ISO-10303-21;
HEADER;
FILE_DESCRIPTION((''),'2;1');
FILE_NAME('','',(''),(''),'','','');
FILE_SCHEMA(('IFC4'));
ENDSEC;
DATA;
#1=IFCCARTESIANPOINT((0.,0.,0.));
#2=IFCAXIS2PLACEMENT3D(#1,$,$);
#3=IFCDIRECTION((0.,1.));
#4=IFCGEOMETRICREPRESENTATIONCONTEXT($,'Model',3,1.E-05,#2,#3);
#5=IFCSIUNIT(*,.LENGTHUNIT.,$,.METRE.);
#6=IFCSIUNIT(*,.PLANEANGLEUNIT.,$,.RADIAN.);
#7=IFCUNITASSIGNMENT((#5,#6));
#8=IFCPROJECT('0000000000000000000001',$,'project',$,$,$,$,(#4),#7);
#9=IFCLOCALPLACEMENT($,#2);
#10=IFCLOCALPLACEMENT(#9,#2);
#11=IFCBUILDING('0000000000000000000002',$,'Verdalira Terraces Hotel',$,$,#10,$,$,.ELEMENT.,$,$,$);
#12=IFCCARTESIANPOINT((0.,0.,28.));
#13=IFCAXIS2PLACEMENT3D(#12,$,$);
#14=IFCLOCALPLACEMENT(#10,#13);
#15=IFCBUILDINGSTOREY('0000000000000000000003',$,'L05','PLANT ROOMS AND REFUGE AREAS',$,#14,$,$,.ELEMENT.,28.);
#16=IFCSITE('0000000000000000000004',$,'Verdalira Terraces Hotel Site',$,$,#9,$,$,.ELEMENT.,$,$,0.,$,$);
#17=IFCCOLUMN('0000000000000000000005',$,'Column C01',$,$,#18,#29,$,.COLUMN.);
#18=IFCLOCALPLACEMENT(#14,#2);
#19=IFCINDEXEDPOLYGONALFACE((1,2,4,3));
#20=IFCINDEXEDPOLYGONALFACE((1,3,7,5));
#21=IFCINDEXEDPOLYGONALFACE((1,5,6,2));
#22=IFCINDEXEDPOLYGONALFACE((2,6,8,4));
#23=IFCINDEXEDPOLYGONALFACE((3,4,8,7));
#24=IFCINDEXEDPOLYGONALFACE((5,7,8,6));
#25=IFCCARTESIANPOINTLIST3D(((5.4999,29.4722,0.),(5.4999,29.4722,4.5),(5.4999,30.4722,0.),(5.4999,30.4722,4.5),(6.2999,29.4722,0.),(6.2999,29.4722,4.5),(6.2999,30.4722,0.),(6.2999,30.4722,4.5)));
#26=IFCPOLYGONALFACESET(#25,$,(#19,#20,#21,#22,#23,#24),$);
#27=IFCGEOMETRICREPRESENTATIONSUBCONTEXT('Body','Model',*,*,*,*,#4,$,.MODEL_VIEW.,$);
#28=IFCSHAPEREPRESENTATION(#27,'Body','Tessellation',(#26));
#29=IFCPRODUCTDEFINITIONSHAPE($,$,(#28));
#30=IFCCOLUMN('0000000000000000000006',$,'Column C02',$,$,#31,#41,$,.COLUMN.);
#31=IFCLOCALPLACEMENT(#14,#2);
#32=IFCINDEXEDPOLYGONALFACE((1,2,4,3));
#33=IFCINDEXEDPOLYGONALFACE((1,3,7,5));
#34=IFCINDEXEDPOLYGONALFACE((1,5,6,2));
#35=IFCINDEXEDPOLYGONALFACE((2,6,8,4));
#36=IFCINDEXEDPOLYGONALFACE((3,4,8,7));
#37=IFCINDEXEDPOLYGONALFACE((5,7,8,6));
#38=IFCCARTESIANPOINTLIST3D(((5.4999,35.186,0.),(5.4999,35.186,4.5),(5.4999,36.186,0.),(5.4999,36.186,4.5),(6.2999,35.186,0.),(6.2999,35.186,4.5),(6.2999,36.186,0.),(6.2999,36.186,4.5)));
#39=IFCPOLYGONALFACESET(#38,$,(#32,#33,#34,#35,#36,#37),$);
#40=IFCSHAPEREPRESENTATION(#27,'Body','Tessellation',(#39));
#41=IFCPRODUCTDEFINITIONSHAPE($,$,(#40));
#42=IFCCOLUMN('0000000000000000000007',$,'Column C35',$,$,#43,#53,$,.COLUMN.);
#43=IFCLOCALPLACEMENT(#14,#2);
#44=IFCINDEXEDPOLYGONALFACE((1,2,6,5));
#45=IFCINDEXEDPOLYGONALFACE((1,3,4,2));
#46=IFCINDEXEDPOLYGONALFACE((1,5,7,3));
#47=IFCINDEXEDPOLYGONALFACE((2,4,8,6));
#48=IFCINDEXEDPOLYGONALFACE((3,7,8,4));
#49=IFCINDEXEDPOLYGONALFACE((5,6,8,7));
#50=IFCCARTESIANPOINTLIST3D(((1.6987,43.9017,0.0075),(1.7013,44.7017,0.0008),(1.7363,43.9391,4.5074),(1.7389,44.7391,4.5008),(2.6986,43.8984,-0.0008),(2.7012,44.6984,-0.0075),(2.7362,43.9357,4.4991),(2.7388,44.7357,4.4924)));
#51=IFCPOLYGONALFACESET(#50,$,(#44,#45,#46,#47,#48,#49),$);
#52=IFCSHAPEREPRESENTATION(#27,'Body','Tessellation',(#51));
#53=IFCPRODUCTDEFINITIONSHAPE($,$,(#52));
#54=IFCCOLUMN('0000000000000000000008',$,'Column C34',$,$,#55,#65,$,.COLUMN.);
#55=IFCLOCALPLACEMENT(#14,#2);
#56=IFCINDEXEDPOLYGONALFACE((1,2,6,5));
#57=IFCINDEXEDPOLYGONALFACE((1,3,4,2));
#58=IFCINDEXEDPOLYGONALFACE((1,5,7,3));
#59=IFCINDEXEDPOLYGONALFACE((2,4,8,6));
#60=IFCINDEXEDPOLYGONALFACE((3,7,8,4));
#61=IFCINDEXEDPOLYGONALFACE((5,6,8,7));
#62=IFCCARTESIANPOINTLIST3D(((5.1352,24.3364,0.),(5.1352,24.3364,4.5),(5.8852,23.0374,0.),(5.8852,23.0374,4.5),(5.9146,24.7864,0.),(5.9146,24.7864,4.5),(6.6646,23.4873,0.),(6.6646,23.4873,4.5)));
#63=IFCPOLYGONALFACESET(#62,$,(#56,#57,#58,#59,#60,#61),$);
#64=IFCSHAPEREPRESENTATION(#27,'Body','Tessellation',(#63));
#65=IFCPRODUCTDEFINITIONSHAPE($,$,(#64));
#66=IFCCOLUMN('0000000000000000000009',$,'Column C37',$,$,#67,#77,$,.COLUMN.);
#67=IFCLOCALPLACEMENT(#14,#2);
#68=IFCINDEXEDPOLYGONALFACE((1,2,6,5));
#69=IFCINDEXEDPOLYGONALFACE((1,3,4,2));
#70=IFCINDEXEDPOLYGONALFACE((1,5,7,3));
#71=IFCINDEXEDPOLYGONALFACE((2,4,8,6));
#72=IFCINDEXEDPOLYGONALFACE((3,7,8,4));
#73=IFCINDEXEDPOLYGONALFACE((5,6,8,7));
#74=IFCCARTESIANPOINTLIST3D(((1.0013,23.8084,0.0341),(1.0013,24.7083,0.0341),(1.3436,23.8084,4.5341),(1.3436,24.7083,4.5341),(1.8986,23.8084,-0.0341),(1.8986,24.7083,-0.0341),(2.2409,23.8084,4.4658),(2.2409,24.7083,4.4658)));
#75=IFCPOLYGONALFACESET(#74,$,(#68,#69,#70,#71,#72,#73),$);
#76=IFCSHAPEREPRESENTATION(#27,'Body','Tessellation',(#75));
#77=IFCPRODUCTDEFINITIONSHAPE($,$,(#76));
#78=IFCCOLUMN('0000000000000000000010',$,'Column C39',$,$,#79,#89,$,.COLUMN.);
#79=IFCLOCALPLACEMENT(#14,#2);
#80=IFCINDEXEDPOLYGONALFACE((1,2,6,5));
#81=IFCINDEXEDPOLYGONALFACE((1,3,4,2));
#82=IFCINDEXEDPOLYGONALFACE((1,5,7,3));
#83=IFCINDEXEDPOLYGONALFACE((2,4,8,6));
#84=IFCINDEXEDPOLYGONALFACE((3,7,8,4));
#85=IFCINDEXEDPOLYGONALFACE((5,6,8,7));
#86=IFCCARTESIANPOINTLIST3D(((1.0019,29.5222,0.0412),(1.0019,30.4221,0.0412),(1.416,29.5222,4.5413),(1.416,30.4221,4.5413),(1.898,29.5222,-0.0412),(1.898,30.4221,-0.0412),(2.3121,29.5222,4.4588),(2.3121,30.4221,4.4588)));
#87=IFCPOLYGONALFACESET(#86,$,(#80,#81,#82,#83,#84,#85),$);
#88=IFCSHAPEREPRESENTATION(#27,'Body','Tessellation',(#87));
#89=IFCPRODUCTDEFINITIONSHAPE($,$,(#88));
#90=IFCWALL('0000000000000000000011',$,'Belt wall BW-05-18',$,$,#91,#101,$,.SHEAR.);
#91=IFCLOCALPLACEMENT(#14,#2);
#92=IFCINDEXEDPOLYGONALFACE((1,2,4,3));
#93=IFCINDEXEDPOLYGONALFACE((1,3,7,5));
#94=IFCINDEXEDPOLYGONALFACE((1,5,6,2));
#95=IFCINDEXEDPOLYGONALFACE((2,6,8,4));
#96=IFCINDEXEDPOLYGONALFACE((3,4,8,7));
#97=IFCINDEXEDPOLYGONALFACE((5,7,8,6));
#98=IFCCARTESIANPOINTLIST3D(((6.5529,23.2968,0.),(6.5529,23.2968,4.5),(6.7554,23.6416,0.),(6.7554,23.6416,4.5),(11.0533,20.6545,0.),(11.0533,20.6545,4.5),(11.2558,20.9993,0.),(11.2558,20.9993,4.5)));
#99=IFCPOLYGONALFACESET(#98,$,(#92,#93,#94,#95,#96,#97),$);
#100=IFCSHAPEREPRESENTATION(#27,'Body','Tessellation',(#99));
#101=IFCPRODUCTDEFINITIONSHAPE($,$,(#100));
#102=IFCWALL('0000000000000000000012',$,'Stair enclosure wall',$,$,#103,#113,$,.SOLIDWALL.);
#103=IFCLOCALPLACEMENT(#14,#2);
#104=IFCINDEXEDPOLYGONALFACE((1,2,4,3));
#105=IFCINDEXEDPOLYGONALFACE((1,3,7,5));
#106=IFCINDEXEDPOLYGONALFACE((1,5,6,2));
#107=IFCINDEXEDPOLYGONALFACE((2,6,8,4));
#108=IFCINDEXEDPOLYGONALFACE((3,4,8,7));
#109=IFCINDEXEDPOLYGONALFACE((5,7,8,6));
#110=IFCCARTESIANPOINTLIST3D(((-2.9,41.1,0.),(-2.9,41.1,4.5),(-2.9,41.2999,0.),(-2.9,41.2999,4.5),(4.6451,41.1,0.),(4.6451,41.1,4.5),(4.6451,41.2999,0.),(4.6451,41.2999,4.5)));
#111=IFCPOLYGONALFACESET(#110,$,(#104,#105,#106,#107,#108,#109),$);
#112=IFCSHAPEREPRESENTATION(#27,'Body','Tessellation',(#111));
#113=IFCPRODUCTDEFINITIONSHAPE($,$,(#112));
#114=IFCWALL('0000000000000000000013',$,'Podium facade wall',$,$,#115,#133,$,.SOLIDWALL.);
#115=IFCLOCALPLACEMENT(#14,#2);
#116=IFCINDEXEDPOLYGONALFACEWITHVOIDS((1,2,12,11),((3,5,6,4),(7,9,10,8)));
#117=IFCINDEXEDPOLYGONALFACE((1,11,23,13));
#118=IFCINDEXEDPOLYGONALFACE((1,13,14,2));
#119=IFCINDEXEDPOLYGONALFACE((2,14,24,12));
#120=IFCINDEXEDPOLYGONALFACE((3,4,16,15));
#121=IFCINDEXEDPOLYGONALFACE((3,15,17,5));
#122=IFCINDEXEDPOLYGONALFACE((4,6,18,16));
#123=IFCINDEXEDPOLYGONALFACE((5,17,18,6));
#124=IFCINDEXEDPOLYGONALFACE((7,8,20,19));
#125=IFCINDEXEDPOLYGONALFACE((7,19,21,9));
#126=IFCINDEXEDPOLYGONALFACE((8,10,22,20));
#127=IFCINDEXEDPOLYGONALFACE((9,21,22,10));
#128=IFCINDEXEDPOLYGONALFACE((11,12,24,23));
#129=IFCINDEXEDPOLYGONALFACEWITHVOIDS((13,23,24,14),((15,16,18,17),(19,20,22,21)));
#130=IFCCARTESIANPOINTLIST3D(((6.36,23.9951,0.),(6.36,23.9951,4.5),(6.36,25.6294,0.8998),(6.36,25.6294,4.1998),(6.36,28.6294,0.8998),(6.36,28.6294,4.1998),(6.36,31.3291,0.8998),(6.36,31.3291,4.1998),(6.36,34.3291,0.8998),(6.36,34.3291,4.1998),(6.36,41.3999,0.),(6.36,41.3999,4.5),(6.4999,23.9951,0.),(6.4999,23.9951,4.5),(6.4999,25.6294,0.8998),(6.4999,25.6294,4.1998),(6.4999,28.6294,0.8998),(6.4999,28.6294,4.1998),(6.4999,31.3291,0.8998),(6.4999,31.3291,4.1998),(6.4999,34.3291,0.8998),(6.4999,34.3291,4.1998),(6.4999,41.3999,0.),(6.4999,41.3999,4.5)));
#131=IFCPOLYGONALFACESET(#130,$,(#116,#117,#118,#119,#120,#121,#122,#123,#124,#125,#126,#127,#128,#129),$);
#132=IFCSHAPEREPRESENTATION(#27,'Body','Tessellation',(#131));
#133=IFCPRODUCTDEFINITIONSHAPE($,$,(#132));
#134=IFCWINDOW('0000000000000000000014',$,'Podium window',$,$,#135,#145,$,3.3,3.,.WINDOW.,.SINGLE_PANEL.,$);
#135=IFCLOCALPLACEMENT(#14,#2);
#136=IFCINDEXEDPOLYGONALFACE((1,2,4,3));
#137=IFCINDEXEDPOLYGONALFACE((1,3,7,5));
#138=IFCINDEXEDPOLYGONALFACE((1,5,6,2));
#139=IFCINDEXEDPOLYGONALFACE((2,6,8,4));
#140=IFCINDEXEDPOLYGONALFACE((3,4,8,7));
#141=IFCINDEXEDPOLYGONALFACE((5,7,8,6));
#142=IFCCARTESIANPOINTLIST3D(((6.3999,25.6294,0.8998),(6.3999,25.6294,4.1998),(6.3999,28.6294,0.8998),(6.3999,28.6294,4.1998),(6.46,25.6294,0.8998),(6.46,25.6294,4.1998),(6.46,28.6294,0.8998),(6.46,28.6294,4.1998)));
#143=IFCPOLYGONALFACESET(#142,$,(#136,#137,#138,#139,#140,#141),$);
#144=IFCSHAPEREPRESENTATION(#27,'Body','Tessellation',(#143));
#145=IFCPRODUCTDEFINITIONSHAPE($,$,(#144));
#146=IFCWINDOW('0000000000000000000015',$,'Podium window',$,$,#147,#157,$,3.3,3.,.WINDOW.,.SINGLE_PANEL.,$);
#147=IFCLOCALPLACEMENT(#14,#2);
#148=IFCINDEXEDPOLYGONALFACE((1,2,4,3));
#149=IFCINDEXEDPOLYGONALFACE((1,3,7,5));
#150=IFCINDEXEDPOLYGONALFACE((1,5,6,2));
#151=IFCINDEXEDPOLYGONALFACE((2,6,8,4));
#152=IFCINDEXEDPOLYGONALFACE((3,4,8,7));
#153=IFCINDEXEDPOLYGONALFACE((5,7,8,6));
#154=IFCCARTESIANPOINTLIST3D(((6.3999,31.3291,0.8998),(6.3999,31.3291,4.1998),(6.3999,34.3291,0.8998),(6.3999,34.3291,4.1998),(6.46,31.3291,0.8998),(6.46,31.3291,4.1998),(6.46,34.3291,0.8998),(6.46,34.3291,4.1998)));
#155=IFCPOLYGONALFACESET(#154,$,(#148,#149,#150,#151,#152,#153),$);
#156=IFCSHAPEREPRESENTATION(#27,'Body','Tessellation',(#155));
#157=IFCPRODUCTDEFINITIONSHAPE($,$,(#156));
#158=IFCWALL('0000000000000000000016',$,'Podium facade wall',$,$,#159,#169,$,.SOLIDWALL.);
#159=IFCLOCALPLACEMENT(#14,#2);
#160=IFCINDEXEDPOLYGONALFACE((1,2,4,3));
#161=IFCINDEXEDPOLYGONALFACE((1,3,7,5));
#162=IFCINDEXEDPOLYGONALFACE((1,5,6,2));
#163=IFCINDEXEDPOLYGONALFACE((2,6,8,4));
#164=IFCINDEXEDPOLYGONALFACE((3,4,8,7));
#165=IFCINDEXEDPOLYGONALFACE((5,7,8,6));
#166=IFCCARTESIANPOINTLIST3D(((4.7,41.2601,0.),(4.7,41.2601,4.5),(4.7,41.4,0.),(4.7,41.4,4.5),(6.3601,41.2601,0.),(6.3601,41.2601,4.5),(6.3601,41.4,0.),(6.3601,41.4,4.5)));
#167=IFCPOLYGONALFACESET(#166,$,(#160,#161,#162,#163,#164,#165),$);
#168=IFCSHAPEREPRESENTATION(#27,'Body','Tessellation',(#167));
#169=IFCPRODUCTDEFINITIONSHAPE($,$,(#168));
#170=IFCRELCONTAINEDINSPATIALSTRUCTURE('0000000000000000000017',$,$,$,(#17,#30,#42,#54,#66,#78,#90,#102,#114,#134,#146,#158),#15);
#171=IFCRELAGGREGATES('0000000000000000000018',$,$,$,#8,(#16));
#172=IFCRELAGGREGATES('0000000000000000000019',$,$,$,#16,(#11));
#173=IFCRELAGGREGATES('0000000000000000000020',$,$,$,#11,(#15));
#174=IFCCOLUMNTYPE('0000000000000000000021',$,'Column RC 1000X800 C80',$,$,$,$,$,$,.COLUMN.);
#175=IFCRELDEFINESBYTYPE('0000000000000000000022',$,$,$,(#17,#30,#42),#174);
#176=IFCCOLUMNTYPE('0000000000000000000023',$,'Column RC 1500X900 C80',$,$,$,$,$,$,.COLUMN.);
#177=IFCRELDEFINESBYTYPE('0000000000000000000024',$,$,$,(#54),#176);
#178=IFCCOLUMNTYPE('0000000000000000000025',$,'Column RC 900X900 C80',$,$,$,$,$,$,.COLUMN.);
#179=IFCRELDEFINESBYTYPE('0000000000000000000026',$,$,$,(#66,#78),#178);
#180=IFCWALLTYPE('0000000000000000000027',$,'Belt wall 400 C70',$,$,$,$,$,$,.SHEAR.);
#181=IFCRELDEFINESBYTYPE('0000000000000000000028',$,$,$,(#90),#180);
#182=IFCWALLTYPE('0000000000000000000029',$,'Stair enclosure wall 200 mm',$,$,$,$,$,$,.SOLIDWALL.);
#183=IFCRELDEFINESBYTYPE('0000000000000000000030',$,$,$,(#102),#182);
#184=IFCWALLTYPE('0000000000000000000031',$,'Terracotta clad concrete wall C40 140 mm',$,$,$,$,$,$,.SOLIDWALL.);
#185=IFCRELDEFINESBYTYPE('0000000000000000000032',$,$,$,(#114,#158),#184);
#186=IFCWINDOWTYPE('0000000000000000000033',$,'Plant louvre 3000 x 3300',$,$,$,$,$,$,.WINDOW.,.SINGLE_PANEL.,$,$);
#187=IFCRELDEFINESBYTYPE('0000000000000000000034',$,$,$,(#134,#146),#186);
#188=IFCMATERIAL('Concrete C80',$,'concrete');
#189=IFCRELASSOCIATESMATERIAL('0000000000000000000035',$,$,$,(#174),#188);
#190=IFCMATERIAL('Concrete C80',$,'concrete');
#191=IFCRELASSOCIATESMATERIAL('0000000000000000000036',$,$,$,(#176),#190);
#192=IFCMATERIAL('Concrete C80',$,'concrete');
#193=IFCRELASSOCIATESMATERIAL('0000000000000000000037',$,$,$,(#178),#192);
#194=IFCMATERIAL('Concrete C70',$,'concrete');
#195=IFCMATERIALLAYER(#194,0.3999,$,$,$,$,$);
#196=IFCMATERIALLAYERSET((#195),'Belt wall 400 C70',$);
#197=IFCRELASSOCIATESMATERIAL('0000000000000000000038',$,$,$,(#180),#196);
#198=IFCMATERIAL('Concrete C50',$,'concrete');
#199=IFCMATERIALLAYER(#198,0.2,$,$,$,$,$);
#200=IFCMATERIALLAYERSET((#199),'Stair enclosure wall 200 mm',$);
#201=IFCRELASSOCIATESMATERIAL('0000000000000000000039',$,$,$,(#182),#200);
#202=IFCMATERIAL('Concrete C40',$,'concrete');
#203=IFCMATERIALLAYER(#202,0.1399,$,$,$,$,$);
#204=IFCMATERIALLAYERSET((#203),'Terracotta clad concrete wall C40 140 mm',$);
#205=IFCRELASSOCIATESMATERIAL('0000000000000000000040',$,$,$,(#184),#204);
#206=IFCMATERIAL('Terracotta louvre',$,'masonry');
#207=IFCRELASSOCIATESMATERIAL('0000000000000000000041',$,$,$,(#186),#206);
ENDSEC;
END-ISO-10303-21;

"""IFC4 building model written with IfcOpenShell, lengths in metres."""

from ifc_helpers import new_model, si_unit, direction, frame, frame_2d, origin, origin_2d, place, context, subcontext, project, spatial, rectangle, extrude, material, layer, layer_set, material_profile, profile_set, type_object, element, fill, save


model = new_model("IFC4")

# Units and contexts
model_context = context("Model", 3, precision=1e-05, world=origin(), true_north=direction((0.0, 1.0)))
body_context = subcontext(model_context, "Body", "Model", "MODEL_VIEW")
ifc_project = project(units=[si_unit("LENGTHUNIT", "METRE"), si_unit("PLANEANGLEUNIT", "RADIAN")], contexts=[model_context])

# Site, building, storey
site_placement = place(None, origin())
site = spatial("IfcSite", under=ifc_project, at=site_placement, Name="Verdalira Terraces Hotel Site", CompositionType="ELEMENT", RefElevation=0.0)
building_placement = place(site_placement, origin())
building = spatial("IfcBuilding", under=site, at=building_placement, Name="Verdalira Terraces Hotel", CompositionType="ELEMENT")
storey_placement = place(building_placement, frame((0.0, 0.0, 28.0)))
storey = spatial("IfcBuildingStorey", under=building, at=storey_placement, Name="L05", Description="PLANT ROOMS AND REFUGE AREAS", CompositionType="ELEMENT", Elevation=28.0)

# Columns
ifc_material_1 = material(Name="Concrete C80", Category="concrete")
ifc_material_profile_1 = material_profile(ifc_material_1, rectangle(XDim=1.0, YDim=0.8, at=origin_2d()), Name="RC 1000X800")
ifc_profile_set_1 = profile_set([ifc_material_profile_1], Name="Concrete C80")
column_type_1 = type_object("IfcColumnType", Name="Column RC 1000X800 C80", PredefinedType="COLUMN", material=ifc_profile_set_1)
for number, where, z_axis, x_axis, name in (
    (1, (5.8999, 29.9722, 0.0), (0.0, 0.0, 1.0), (0.0, 1.0, 0.0), "Column C01"),
    (2, (5.8999, 35.686, 0.0), (0.0, 0.0, 1.0), (0.0, 1.0, 0.0), "Column C02"),
):
    element("IfcColumn", number, at=place(storey_placement, frame(where, z_axis=z_axis, x_axis=x_axis)), inside=storey, type_object=column_type_1, Name=name, PredefinedType="COLUMN", context=body_context, shape_type="SweptSolid", body=[
        extrude(rectangle(XDim=1.0, YDim=0.8, at=origin_2d()), origin(), (0.0, 0.0, 1.0), 4.5),
    ])
column_1_placement = place(storey_placement, frame((2.2, 44.3, 0.0), z_axis=(0.008354, 0.0083, 0.999931), x_axis=(-0.99996, 0.003327, 0.008327)))
element("IfcColumn", 3, at=column_1_placement, inside=storey, type_object=column_type_1, Name="Column C35", PredefinedType="COLUMN", context=body_context, shape_type="SweptSolid", body=[
    extrude(rectangle(XDim=1.0, YDim=0.8, at=origin_2d()), origin(), (0.0, 0.0, 1.0), 4.5002),
])
ifc_material_2 = material(Name="Concrete C80", Category="concrete")
ifc_material_profile_2 = material_profile(ifc_material_2, rectangle(XDim=1.5, YDim=0.8999, at=origin_2d()), Name="RC 1500X900")
ifc_profile_set_2 = profile_set([ifc_material_profile_2], Name="Concrete C80")
column_type_2 = type_object("IfcColumnType", Name="Column RC 1500X900 C80", PredefinedType="COLUMN", material=ifc_profile_set_2)
column_2_placement = place(storey_placement, frame((5.8999, 23.9119, 0.0), z_axis=(0.0, 0.0, 1.0), x_axis=(0.5, -0.866025, 0.0)))
element("IfcColumn", 4, at=column_2_placement, inside=storey, type_object=column_type_2, Name="Column C34", PredefinedType="COLUMN", context=body_context, shape_type="SweptSolid", body=[
    extrude(rectangle(XDim=1.5, YDim=0.8999, at=origin_2d()), origin(), (0.0, 0.0, 1.0), 4.5),
])
ifc_material_3 = material(Name="Concrete C80", Category="concrete")
ifc_material_profile_3 = material_profile(ifc_material_3, rectangle(XDim=0.8999, YDim=0.8999, at=origin_2d()), Name="RC 900X900")
ifc_profile_set_3 = profile_set([ifc_material_profile_3], Name="Concrete C80")
column_type_3 = type_object("IfcColumnType", Name="Column RC 900X900 C80", PredefinedType="COLUMN", material=ifc_profile_set_3)
column_3_placement = place(storey_placement, frame((1.45, 24.2583, 0.0), z_axis=(0.075844, 0.0, 0.99712), x_axis=(0.0, 1.0, 0.0)))
element("IfcColumn", 5, at=column_3_placement, inside=storey, type_object=column_type_3, Name="Column C37", PredefinedType="COLUMN", context=body_context, shape_type="SweptSolid", body=[
    extrude(rectangle(XDim=0.8999, YDim=0.8999, at=origin_2d()), origin(), (0.0, 0.0, 1.0), 4.5129),
])
column_4_placement = place(storey_placement, frame((1.45, 29.9722, 0.0), z_axis=(0.091627, 0.0, 0.995793), x_axis=(0.0, 1.0, 0.0)))
element("IfcColumn", 6, at=column_4_placement, inside=storey, type_object=column_type_3, Name="Column C39", PredefinedType="COLUMN", context=body_context, shape_type="SweptSolid", body=[
    extrude(rectangle(XDim=0.8999, YDim=0.8999, at=origin_2d()), origin(), (0.0, 0.0, 1.0), 4.519),
])

# Walls
ifc_material_4 = material(Name="Concrete C70", Category="concrete")
ifc_layer_1 = layer(ifc_material_4, 0.3999)
ifc_layer_set_1 = layer_set([ifc_layer_1], Name="Belt wall 400 C70")
wall_type_1 = type_object("IfcWallType", Name="Belt wall 400 C70", PredefinedType="SHEAR", material=ifc_layer_set_1)
wall_1_placement = place(storey_placement, frame((11.1545, 20.8269, 0.0), z_axis=(0.0, 0.0, 1.0), x_axis=(-0.862354, 0.506306, 0.0)))
element("IfcWall", 7, at=wall_1_placement, inside=storey, type_object=wall_type_1, Name="Belt wall BW-05-18", PredefinedType="SHEAR", context=body_context, shape_type="SweptSolid", body=[
    extrude(rectangle(XDim=5.2188, YDim=0.3999, at=frame_2d((2.6094, 0.0))), origin(), (0.0, 0.0, 1.0), 4.5),
])
ifc_material_5 = material(Name="Concrete C50", Category="concrete")
ifc_layer_2 = layer(ifc_material_5, 0.2)
ifc_layer_set_2 = layer_set([ifc_layer_2], Name="Stair enclosure wall 200 mm")
wall_type_2 = type_object("IfcWallType", Name="Stair enclosure wall 200 mm", PredefinedType="SOLIDWALL", material=ifc_layer_set_2)
wall_2_placement = place(storey_placement, frame((4.645, 41.2, 0.0), z_axis=(0.0, 0.0, 1.0), x_axis=(-1.0, 0.0, 0.0)))
element("IfcWall", 8, at=wall_2_placement, inside=storey, type_object=wall_type_2, Name="Stair enclosure wall", PredefinedType="SOLIDWALL", context=body_context, shape_type="SweptSolid", body=[
    extrude(rectangle(XDim=7.5452, YDim=0.2, at=frame_2d((3.7725, 0.0))), origin(), (0.0, 0.0, 1.0), 4.5),
])

# Wall, openings, windows
ifc_material_6 = material(Name="Concrete C40", Category="concrete")
ifc_layer_3 = layer(ifc_material_6, 0.1399)
ifc_layer_set_3 = layer_set([ifc_layer_3], Name="Terracotta clad concrete wall C40 140 mm")
wall_type_3 = type_object("IfcWallType", Name="Terracotta clad concrete wall C40 140 mm", PredefinedType="SOLIDWALL", material=ifc_layer_set_3)
wall_3_placement = place(storey_placement, frame((6.4299, 23.9951, 0.0), z_axis=(0.0, 0.0, 1.0), x_axis=(0.0, 1.0, 0.0)))
wall_3 = element("IfcWall", 9, at=wall_3_placement, inside=storey, type_object=wall_type_3, Name="Podium facade wall", PredefinedType="SOLIDWALL", context=body_context, shape_type="SweptSolid", body=[
    extrude(rectangle(XDim=17.4048, YDim=0.1399, at=frame_2d((8.7024, 0.0))), origin(), (0.0, 0.0, 1.0), 4.5),
])
opening_1_placement = place(wall_3_placement, frame((1.6343, 0.0, 0.8999)))
opening_1 = element("IfcOpeningElement", 10, at=opening_1_placement, cuts=wall_3, PredefinedType="OPENING", context=body_context, shape_type="SweptSolid", body=[
    extrude(rectangle(XDim=3.0, YDim=3.3, at=frame_2d((1.5, 1.6499))), frame((0.0, 0.0798, 0.0), z_axis=(0.0, -1.0, 0.0), x_axis=(1.0, 0.0, 0.0)), (0.0, 0.0, 1.0), 0.1599),
])
opening_2_placement = place(wall_3_placement, frame((7.334, 0.0, 0.8999)))
opening_2 = element("IfcOpeningElement", 11, at=opening_2_placement, cuts=wall_3, PredefinedType="OPENING", context=body_context, shape_type="SweptSolid", body=[
    extrude(rectangle(XDim=3.0, YDim=3.3, at=frame_2d((1.5, 1.6499))), frame((0.0, 0.0798, 0.0), z_axis=(0.0, -1.0, 0.0), x_axis=(1.0, 0.0, 0.0)), (0.0, 0.0, 1.0), 0.1599),
])
ifc_material_7 = material(Name="Terracotta louvre", Category="masonry")
window_type = type_object("IfcWindowType", Name="Plant louvre 3000 x 3300", PartitioningType="SINGLE_PANEL", PredefinedType="WINDOW", material=ifc_material_7)
window_1_placement = place(opening_1_placement, origin())
window_1 = element("IfcWindow", 12, at=window_1_placement, inside=storey, type_object=window_type, Name="Podium window", OverallHeight=3.3, OverallWidth=3.0, PartitioningType="SINGLE_PANEL", PredefinedType="WINDOW", context=body_context, shape_type="SweptSolid", body=[
    extrude(rectangle(XDim=3.0, YDim=3.3, at=frame_2d((1.5, 1.6499))), frame((0.0, 0.03, 0.0), z_axis=(0.0, -1.0, 0.0), x_axis=(1.0, 0.0, 0.0)), (0.0, 0.0, 1.0), 0.0601),
])
fill(opening_1, window_1)
window_2_placement = place(opening_2_placement, origin())
window_2 = element("IfcWindow", 13, at=window_2_placement, inside=storey, type_object=window_type, Name="Podium window", OverallHeight=3.3, OverallWidth=3.0, PartitioningType="SINGLE_PANEL", PredefinedType="WINDOW", context=body_context, shape_type="SweptSolid", body=[
    extrude(rectangle(XDim=3.0, YDim=3.3, at=frame_2d((1.5, 1.6499))), frame((0.0, 0.03, 0.0), z_axis=(0.0, -1.0, 0.0), x_axis=(1.0, 0.0, 0.0)), (0.0, 0.0, 1.0), 0.0601),
])
fill(opening_2, window_2)

# Wall
wall_4_placement = place(storey_placement, frame((6.3601, 41.3301, 0.0), z_axis=(0.0, 0.0, 1.0), x_axis=(-1.0, 0.0, 0.0)))
element("IfcWall", 14, at=wall_4_placement, inside=storey, type_object=wall_type_3, Name="Podium facade wall", PredefinedType="SOLIDWALL", context=body_context, shape_type="SweptSolid", body=[
    extrude(rectangle(XDim=1.6602, YDim=0.1399, at=frame_2d((0.8301, 0.0))), origin(), (0.0, 0.0, 1.0), 4.5),
])

save(model, "model.ifc")
